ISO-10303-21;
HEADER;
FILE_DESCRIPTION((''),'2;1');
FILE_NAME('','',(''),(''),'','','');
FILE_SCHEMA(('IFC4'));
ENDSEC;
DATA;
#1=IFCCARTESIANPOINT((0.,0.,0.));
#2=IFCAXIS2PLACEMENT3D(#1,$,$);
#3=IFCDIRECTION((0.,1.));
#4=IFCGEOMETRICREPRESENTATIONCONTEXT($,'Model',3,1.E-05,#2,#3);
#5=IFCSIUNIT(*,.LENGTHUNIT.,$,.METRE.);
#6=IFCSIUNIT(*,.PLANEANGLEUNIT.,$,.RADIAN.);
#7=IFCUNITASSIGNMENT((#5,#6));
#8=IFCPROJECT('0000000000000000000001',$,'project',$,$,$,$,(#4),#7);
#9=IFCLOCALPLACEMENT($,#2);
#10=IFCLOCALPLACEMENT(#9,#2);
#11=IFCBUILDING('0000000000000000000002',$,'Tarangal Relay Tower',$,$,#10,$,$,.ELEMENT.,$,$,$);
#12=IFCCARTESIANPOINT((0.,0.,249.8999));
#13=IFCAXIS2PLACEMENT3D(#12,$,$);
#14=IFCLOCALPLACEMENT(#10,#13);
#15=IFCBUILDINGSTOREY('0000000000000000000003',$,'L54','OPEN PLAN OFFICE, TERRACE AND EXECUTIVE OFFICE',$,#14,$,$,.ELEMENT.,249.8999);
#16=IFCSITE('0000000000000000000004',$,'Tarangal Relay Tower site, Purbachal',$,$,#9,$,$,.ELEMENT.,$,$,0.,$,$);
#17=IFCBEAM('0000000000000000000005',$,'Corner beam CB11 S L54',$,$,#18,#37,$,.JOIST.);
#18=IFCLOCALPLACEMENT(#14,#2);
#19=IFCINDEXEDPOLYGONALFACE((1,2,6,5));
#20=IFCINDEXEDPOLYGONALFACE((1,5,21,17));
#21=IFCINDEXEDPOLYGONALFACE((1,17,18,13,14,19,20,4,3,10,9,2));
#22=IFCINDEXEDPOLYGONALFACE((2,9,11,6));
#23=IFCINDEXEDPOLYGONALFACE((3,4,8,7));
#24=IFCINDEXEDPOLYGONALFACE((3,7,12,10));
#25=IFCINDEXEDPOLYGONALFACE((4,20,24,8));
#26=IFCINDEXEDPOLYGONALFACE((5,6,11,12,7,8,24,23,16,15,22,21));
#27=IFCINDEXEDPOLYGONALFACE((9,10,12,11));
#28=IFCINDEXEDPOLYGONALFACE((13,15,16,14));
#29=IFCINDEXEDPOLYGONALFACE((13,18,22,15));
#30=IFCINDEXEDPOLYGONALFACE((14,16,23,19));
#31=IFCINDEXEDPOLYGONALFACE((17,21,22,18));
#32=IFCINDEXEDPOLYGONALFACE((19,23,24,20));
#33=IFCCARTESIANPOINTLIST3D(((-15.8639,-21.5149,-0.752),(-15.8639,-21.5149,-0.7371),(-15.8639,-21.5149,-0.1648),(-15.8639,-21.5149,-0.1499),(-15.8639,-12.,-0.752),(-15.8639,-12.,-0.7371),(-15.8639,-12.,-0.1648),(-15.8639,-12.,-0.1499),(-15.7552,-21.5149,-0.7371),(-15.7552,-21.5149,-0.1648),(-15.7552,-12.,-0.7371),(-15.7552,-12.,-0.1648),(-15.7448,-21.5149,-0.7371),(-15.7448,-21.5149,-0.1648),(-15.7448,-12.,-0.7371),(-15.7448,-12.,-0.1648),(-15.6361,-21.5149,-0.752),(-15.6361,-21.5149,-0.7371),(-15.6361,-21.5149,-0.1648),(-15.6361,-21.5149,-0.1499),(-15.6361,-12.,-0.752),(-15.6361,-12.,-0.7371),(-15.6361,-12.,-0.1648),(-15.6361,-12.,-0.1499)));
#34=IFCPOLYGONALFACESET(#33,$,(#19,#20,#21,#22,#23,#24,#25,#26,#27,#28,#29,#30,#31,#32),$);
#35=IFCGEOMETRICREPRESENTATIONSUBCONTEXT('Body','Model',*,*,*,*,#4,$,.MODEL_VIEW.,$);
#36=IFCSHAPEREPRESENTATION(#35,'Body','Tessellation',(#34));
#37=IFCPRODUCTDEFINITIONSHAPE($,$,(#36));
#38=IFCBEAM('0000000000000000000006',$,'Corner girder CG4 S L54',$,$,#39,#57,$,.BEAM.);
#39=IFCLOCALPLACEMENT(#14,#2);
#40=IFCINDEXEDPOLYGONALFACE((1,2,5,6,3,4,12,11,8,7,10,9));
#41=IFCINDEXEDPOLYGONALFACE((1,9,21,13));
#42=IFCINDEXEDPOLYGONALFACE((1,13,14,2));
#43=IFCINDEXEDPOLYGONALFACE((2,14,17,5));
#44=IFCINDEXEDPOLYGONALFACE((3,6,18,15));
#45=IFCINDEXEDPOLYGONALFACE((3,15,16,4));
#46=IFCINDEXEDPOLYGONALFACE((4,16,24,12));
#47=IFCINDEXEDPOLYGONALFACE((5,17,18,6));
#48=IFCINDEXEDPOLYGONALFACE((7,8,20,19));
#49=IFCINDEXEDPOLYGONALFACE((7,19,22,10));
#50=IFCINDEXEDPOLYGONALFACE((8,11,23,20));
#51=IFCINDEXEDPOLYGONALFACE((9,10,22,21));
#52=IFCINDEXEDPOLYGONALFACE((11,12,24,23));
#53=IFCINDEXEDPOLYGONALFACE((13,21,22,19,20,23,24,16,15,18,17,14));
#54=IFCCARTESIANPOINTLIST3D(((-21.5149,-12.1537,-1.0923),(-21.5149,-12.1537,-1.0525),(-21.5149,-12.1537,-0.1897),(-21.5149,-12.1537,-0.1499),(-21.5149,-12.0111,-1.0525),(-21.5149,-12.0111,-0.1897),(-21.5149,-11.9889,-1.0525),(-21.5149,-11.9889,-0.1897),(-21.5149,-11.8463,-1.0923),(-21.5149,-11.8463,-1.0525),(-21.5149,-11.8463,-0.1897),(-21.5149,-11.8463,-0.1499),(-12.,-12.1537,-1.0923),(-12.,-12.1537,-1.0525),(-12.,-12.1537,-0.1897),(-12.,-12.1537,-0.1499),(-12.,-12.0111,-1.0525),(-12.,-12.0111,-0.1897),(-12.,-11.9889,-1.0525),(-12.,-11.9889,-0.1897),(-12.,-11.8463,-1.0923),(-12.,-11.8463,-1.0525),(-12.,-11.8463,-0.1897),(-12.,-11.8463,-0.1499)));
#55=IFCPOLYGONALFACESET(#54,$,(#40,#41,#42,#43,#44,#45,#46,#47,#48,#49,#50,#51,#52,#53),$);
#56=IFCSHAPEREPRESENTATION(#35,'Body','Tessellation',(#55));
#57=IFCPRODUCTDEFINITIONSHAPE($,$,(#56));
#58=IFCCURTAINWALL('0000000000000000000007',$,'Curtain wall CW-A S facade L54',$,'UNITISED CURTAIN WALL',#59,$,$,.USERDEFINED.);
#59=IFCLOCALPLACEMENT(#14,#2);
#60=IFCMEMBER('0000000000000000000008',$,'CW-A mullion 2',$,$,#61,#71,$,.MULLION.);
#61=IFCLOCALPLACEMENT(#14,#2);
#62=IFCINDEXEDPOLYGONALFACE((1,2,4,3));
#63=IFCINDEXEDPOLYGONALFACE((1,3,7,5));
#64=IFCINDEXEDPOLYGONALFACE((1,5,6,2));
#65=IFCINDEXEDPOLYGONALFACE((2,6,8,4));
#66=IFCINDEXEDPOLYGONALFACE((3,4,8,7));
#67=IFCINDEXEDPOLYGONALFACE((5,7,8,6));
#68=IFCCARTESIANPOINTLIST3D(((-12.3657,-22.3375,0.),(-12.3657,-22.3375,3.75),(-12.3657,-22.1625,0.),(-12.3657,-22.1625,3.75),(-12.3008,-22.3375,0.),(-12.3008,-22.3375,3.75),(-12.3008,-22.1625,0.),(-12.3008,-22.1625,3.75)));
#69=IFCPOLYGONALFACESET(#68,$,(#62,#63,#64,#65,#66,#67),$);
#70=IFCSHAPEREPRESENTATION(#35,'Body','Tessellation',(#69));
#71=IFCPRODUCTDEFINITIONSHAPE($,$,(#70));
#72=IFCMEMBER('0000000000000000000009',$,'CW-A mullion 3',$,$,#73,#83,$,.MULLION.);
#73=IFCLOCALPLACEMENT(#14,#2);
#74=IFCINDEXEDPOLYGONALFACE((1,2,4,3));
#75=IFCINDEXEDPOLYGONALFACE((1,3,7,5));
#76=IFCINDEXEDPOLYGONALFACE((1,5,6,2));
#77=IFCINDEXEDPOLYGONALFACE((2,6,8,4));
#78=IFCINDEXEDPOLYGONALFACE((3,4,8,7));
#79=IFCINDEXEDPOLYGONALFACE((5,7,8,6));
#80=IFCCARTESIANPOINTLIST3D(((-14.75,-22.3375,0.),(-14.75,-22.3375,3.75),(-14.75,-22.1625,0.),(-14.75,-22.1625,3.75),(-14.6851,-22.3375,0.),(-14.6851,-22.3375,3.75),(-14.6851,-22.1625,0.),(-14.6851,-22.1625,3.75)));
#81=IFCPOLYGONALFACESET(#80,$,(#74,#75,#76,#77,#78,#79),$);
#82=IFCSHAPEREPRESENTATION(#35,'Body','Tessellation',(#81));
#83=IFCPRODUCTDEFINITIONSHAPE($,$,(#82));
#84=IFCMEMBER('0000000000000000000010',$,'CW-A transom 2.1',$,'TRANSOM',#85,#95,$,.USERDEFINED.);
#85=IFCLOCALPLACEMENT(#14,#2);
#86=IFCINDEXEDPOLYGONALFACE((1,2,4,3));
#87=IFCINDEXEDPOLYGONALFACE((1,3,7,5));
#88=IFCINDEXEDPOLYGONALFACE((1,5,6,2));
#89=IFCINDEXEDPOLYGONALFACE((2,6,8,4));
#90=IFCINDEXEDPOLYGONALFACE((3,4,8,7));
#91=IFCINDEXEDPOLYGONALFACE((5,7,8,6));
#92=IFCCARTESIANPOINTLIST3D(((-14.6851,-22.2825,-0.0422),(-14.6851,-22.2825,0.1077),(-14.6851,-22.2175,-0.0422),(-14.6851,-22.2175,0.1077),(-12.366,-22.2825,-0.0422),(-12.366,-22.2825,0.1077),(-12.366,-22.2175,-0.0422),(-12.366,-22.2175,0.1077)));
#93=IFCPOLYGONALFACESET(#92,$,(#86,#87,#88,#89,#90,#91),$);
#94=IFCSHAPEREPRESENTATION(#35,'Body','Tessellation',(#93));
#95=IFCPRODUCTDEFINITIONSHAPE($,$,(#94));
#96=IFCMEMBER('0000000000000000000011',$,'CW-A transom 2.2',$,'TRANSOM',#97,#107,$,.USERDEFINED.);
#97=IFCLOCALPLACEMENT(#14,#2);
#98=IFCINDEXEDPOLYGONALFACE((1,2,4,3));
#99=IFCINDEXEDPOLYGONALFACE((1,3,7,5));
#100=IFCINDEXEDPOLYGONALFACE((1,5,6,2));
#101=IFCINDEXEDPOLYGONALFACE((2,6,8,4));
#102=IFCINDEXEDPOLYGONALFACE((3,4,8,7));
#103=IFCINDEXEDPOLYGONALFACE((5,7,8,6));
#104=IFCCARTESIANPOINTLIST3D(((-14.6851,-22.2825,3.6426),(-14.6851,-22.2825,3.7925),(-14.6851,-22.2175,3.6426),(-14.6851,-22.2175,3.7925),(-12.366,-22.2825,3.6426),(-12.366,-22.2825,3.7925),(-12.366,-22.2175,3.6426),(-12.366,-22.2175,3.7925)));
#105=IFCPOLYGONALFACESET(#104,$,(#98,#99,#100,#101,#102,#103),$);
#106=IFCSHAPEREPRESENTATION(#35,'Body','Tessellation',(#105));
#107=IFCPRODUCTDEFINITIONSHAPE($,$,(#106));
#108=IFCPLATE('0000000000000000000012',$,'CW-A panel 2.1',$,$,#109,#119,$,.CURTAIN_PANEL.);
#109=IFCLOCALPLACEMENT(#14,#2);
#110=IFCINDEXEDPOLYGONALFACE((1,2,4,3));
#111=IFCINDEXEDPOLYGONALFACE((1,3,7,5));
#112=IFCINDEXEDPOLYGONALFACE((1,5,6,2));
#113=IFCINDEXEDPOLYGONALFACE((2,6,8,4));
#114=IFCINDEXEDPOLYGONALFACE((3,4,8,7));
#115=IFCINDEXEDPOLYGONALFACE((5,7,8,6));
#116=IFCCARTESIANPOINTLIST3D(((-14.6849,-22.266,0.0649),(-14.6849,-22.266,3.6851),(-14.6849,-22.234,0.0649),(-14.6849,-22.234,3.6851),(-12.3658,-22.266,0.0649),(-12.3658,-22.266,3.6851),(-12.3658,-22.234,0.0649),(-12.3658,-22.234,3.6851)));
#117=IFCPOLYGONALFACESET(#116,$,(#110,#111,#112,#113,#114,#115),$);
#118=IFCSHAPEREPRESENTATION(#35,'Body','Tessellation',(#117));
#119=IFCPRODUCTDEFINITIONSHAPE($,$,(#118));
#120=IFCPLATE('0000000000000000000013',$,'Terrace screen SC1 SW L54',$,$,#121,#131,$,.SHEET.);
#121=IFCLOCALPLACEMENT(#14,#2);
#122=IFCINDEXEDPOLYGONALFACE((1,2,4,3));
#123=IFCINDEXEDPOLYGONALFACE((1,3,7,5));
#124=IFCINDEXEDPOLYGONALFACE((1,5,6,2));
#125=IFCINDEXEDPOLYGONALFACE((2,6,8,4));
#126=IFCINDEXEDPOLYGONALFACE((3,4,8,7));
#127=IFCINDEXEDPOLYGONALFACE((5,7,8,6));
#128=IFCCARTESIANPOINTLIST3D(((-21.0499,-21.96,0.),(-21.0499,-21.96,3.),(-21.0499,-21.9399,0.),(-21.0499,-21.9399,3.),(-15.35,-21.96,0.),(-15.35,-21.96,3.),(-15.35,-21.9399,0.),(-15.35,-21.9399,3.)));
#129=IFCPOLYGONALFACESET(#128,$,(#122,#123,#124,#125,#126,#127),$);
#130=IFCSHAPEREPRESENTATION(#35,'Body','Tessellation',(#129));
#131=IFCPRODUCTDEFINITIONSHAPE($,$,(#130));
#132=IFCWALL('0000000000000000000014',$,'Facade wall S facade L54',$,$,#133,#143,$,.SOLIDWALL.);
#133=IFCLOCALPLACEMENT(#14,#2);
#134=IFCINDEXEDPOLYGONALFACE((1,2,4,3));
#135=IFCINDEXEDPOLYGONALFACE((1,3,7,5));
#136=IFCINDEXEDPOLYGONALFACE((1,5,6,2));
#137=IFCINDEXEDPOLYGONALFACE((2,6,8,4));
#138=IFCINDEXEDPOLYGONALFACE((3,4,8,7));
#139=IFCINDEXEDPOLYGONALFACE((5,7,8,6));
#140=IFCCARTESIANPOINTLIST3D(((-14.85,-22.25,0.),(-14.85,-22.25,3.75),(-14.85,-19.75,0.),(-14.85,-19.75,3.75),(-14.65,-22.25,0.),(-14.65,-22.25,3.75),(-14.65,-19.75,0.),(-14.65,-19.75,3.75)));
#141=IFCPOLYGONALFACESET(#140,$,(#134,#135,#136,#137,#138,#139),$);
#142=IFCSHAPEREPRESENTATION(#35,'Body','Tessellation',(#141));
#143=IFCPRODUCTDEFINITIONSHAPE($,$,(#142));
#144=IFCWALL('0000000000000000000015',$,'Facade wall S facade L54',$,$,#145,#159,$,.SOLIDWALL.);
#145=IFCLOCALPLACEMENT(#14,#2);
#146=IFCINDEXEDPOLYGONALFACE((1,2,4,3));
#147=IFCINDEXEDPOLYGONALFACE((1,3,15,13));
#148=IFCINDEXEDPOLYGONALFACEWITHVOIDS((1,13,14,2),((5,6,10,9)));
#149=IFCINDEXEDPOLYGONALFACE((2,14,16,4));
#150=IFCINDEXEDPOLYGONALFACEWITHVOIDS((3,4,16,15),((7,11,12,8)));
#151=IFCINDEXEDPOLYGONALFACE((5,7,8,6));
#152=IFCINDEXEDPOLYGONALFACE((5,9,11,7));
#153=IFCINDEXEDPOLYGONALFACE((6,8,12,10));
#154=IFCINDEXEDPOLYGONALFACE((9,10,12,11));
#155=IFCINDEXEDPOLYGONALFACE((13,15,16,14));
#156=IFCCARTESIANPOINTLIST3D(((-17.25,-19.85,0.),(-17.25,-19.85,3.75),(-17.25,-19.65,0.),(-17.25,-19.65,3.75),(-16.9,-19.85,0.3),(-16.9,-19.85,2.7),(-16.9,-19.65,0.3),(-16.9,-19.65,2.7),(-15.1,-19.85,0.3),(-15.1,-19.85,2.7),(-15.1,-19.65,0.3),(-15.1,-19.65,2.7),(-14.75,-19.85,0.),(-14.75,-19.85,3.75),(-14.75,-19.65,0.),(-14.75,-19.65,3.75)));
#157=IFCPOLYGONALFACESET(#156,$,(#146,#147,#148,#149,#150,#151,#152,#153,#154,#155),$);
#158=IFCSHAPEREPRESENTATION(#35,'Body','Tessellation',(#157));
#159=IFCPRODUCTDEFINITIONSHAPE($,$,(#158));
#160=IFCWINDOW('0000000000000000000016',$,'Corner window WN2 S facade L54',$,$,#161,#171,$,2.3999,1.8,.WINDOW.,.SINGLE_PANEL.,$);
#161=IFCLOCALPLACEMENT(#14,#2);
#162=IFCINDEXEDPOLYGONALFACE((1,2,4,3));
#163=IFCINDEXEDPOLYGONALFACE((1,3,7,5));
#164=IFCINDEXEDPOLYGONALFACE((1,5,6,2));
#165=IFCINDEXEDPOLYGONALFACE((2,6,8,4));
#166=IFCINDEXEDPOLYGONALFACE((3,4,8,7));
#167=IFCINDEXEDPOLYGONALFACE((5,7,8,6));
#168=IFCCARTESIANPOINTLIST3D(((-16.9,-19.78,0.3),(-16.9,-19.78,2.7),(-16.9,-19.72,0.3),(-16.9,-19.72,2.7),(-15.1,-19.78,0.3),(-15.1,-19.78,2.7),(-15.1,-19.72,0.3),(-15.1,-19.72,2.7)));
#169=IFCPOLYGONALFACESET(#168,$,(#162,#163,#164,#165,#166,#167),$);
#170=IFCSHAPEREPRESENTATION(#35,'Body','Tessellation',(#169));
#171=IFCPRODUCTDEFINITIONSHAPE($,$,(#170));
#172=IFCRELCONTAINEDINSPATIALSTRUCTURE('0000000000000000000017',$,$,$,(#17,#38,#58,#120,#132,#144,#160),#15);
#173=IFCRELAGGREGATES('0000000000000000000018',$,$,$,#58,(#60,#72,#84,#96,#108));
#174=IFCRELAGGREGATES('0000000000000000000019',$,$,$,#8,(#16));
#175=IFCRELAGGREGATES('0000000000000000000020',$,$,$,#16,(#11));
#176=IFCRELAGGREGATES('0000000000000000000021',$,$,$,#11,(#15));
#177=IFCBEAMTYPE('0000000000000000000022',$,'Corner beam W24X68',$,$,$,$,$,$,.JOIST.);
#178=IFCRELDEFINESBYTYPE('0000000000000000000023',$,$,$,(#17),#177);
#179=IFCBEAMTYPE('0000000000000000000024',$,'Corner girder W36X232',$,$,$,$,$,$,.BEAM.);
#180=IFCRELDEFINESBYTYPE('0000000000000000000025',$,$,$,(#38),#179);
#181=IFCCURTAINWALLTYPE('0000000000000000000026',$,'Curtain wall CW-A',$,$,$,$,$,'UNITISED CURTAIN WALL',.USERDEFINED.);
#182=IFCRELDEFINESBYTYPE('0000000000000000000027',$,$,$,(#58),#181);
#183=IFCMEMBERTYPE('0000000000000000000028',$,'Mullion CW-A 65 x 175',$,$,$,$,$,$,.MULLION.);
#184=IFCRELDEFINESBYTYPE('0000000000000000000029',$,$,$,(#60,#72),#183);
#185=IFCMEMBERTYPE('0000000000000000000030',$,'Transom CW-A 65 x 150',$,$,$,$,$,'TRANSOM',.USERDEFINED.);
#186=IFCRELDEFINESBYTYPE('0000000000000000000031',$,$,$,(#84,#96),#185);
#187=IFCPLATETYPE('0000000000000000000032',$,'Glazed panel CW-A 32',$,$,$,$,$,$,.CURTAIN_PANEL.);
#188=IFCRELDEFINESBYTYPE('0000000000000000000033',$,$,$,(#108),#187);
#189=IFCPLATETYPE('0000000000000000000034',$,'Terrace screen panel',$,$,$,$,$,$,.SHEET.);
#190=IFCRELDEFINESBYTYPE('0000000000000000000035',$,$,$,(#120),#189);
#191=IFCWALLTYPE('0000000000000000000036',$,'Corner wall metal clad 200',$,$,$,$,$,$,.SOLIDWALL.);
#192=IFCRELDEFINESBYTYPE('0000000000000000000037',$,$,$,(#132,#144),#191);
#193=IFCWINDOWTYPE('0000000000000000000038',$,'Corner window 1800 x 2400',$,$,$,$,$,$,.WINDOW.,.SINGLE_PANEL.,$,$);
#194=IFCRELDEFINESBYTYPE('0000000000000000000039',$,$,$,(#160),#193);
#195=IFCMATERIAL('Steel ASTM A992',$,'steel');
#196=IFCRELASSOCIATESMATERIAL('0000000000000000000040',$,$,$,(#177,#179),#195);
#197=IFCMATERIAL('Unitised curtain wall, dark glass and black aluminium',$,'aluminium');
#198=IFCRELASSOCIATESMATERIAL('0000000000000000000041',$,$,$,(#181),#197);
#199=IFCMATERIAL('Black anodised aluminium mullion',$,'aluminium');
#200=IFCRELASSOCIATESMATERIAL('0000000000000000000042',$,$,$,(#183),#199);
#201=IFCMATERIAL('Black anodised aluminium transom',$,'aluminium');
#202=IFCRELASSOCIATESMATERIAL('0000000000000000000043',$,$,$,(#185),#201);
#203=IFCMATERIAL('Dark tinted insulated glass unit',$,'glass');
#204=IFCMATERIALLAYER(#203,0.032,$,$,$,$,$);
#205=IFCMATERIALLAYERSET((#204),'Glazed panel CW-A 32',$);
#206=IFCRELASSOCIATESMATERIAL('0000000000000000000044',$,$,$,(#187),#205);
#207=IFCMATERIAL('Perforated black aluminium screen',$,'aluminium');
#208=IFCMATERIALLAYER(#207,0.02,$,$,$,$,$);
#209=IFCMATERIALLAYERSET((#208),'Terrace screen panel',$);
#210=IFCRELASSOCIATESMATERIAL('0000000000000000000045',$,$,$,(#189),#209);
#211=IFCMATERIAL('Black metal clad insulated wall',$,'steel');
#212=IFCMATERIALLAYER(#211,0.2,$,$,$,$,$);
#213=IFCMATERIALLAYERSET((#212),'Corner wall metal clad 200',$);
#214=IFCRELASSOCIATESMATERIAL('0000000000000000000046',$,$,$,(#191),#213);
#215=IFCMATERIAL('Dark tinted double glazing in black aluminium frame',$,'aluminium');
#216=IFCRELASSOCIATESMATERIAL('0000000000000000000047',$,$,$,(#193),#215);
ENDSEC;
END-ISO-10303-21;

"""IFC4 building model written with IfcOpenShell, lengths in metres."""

from ifc_helpers import new_model, si_unit, direction, frame, frame_2d, origin, origin_2d, place, context, subcontext, project, spatial, rectangle, i_section, extrude, material, layer, layer_set, material_profile, profile_set, type_object, element, fill, aggregate, save


model = new_model("IFC4")

# Units and contexts
model_context = context("Model", 3, precision=1e-05, world=origin(), true_north=direction((0.0, 1.0)))
body_context = subcontext(model_context, "Body", "Model", "MODEL_VIEW")
ifc_project = project(units=[si_unit("LENGTHUNIT", "METRE"), si_unit("PLANEANGLEUNIT", "RADIAN")], contexts=[model_context])

# Site, building, storey
site_placement = place(None, origin())
site = spatial("IfcSite", under=ifc_project, at=site_placement, Name="Tarangal Relay Tower site, Purbachal", CompositionType="ELEMENT", RefElevation=0.0)
building_placement = place(site_placement, origin())
building = spatial("IfcBuilding", under=site, at=building_placement, Name="Tarangal Relay Tower", CompositionType="ELEMENT")
storey_placement = place(building_placement, frame((0.0, 0.0, 249.8999)))
storey = spatial("IfcBuildingStorey", under=building, at=storey_placement, Name="L54", Description="OPEN PLAN OFFICE, TERRACE AND EXECUTIVE OFFICE", CompositionType="ELEMENT", Elevation=249.8999)

# Beams
ifc_material_1 = material(Name="Steel ASTM A992", Category="steel")
ifc_material_profile_1 = material_profile(ifc_material_1, i_section(OverallWidth=0.2278, OverallDepth=0.6021, WebThickness=0.0105, FlangeThickness=0.0149, at=origin_2d()), Name="W24X68")
ifc_profile_set_1 = profile_set([ifc_material_profile_1], Name="Steel ASTM A992")
beam_type_1 = type_object("IfcBeamType", Name="Corner beam W24X68", PredefinedType="JOIST", material=ifc_profile_set_1)
beam_1_placement = place(storey_placement, frame((-15.75, -12.0, -0.4509), z_axis=(0.0, -1.0, 0.0), x_axis=(1.0, 0.0, 0.0)))
element("IfcBeam", 1, at=beam_1_placement, inside=storey, type_object=beam_type_1, Name="Corner beam CB11 S L54", PredefinedType="JOIST", context=body_context, shape_type="SweptSolid", body=[
    extrude(i_section(OverallWidth=0.2278, OverallDepth=0.6021, WebThickness=0.0105, FlangeThickness=0.0149, at=origin_2d()), origin(), (0.0, 0.0, 1.0), 9.5149),
])
ifc_material_profile_2 = material_profile(ifc_material_1, i_section(OverallWidth=0.3074, OverallDepth=0.9424, WebThickness=0.0222, FlangeThickness=0.0398, at=origin_2d()), Name="W36X232")
ifc_profile_set_2 = profile_set([ifc_material_profile_2], Name="Steel ASTM A992")
beam_type_2 = type_object("IfcBeamType", Name="Corner girder W36X232", PredefinedType="BEAM", material=ifc_profile_set_2)
beam_2_placement = place(storey_placement, frame((-12.0, -12.0, -0.6211), z_axis=(-1.0, 0.0, 0.0), x_axis=(0.0, -1.0, 0.0)))
element("IfcBeam", 2, at=beam_2_placement, inside=storey, type_object=beam_type_2, Name="Corner girder CG4 S L54", PredefinedType="BEAM", context=body_context, shape_type="SweptSolid", body=[
    extrude(i_section(OverallWidth=0.3074, OverallDepth=0.9424, WebThickness=0.0222, FlangeThickness=0.0398, at=origin_2d()), origin(), (0.0, 0.0, 1.0), 9.5149),
])

# Curtain wall, members, plate
ifc_material_2 = material(Name="Unitised curtain wall, dark glass and black aluminium", Category="aluminium")
curtain_wall_type = type_object("IfcCurtainWallType", Name="Curtain wall CW-A", ElementType="UNITISED CURTAIN WALL", PredefinedType="USERDEFINED", material=ifc_material_2)
curtain_wall_placement = place(storey_placement, origin())
curtain_wall = element("IfcCurtainWall", 3, at=curtain_wall_placement, inside=storey, type_object=curtain_wall_type, Name="Curtain wall CW-A S facade L54", ObjectType="UNITISED CURTAIN WALL", PredefinedType="USERDEFINED")
ifc_material_3 = material(Name="Black anodised aluminium mullion", Category="aluminium")
ifc_material_profile_3 = material_profile(ifc_material_3, rectangle(XDim=0.175, YDim=0.0649, at=origin_2d()), Name="CW-AM 65X175")
ifc_profile_set_3 = profile_set([ifc_material_profile_3], Name="Black anodised aluminium mullion")
member_type_1 = type_object("IfcMemberType", Name="Mullion CW-A 65 x 175", PredefinedType="MULLION", material=ifc_profile_set_3)
member_1_placement = place(storey_placement, frame((-12.3333, -22.25, 0.0), z_axis=(0.0, 0.0, 1.0), x_axis=(0.0, -1.0, 0.0)))
member_1 = element("IfcMember", 4, at=member_1_placement, type_object=member_type_1, Name="CW-A mullion 2", PredefinedType="MULLION", context=body_context, shape_type="SweptSolid", body=[
    extrude(rectangle(XDim=0.175, YDim=0.0649, at=origin_2d()), origin(), (0.0, 0.0, 1.0), 3.75),
])
member_2_placement = place(storey_placement, frame((-14.7175, -22.25, 0.0), z_axis=(0.0, 0.0, 1.0), x_axis=(0.0, -1.0, 0.0)))
member_2 = element("IfcMember", 5, at=member_2_placement, type_object=member_type_1, Name="CW-A mullion 3", PredefinedType="MULLION", context=body_context, shape_type="SweptSolid", body=[
    extrude(rectangle(XDim=0.175, YDim=0.0649, at=origin_2d()), origin(), (0.0, 0.0, 1.0), 3.75),
])
ifc_material_4 = material(Name="Black anodised aluminium transom", Category="aluminium")
ifc_material_profile_4 = material_profile(ifc_material_4, rectangle(XDim=0.0649, YDim=0.1499, at=origin_2d()), Name="CW-AT 65X150")
ifc_profile_set_4 = profile_set([ifc_material_profile_4], Name="Black anodised aluminium transom")
member_type_2 = type_object("IfcMemberType", Name="Transom CW-A 65 x 150", ElementType="TRANSOM", PredefinedType="USERDEFINED", material=ifc_profile_set_4)
member_3_placement = place(storey_placement, frame((-12.366, -22.25, 0.0327), z_axis=(-1.0, 0.0, 0.0), x_axis=(0.0, -1.0, 0.0)))
member_3 = element("IfcMember", 6, at=member_3_placement, type_object=member_type_2, Name="CW-A transom 2.1", ObjectType="TRANSOM", PredefinedType="USERDEFINED", context=body_context, shape_type="SweptSolid", body=[
    extrude(rectangle(XDim=0.0649, YDim=0.1499, at=origin_2d()), origin(), (0.0, 0.0, 1.0), 2.3191),
])
member_4_placement = place(storey_placement, frame((-12.366, -22.25, 3.7175), z_axis=(-1.0, 0.0, 0.0), x_axis=(0.0, -1.0, 0.0)))
member_4 = element("IfcMember", 7, at=member_4_placement, type_object=member_type_2, Name="CW-A transom 2.2", ObjectType="TRANSOM", PredefinedType="USERDEFINED", context=body_context, shape_type="SweptSolid", body=[
    extrude(rectangle(XDim=0.0649, YDim=0.1499, at=origin_2d()), origin(), (0.0, 0.0, 1.0), 2.3191),
])
ifc_material_5 = material(Name="Dark tinted insulated glass unit", Category="glass")
ifc_layer_1 = layer(ifc_material_5, 0.032)
ifc_layer_set_1 = layer_set([ifc_layer_1], Name="Glazed panel CW-A 32")
plate_type_1 = type_object("IfcPlateType", Name="Glazed panel CW-A 32", PredefinedType="CURTAIN_PANEL", material=ifc_layer_set_1)
plate_1_placement = place(storey_placement, frame((-13.5254, -22.25, 0.0649), z_axis=(0.0, 0.0, 1.0), x_axis=(-1.0, 0.0, 0.0)))
plate_1 = element("IfcPlate", 8, at=plate_1_placement, type_object=plate_type_1, Name="CW-A panel 2.1", PredefinedType="CURTAIN_PANEL", context=body_context, shape_type="SweptSolid", body=[
    extrude(rectangle(XDim=2.3191, YDim=0.032, at=origin_2d()), origin(), (0.0, 0.0, 1.0), 3.6201),
])
aggregate(curtain_wall, [member_1, member_2, member_3, member_4, plate_1])

# Plate
ifc_material_6 = material(Name="Perforated black aluminium screen", Category="aluminium")
ifc_layer_2 = layer(ifc_material_6, 0.02)
ifc_layer_set_2 = layer_set([ifc_layer_2], Name="Terrace screen panel")
plate_type_2 = type_object("IfcPlateType", Name="Terrace screen panel", PredefinedType="SHEET", material=ifc_layer_set_2)
plate_2_placement = place(storey_placement, frame((-18.2, -21.95, 0.0), z_axis=(0.0, 0.0, 1.0), x_axis=(-1.0, 0.0, 0.0)))
element("IfcPlate", 9, at=plate_2_placement, inside=storey, type_object=plate_type_2, Name="Terrace screen SC1 SW L54", PredefinedType="SHEET", context=body_context, shape_type="SweptSolid", body=[
    extrude(rectangle(XDim=5.7, YDim=0.02, at=origin_2d()), origin(), (0.0, 0.0, 1.0), 3.0),
])

# Wall
ifc_material_7 = material(Name="Black metal clad insulated wall", Category="steel")
ifc_layer_3 = layer(ifc_material_7, 0.2)
ifc_layer_set_3 = layer_set([ifc_layer_3], Name="Corner wall metal clad 200")
wall_type_1 = type_object("IfcWallType", Name="Corner wall metal clad 200", PredefinedType="SOLIDWALL", material=ifc_layer_set_3)
wall_1_placement = place(storey_placement, frame((-14.75, -22.25, 0.0), z_axis=(0.0, 0.0, 1.0), x_axis=(0.0, 1.0, 0.0)))
element("IfcWall", 10, at=wall_1_placement, inside=storey, type_object=wall_type_1, Name="Facade wall S facade L54", PredefinedType="SOLIDWALL", context=body_context, shape_type="SweptSolid", body=[
    extrude(rectangle(XDim=2.5, YDim=0.2, at=frame_2d((1.25, 0.0))), origin(), (0.0, 0.0, 1.0), 3.75),
])

# Wall, opening, window
wall_2_placement = place(storey_placement, frame((-14.75, -19.75, 0.0), z_axis=(0.0, 0.0, 1.0), x_axis=(-1.0, 0.0, 0.0)))
wall_2 = element("IfcWall", 11, at=wall_2_placement, inside=storey, type_object=wall_type_1, Name="Facade wall S facade L54", PredefinedType="SOLIDWALL", context=body_context, shape_type="SweptSolid", body=[
    extrude(rectangle(XDim=2.5, YDim=0.2, at=frame_2d((1.25, 0.0))), origin(), (0.0, 0.0, 1.0), 3.75),
])
opening_1_placement = place(wall_2_placement, frame((0.3501, 0.0, 0.3)))
opening_1 = element("IfcOpeningElement", 12, at=opening_1_placement, cuts=wall_2, PredefinedType="OPENING", context=body_context, shape_type="SweptSolid", body=[
    extrude(rectangle(XDim=1.8, YDim=2.3999, at=frame_2d((0.8999, 1.2))), frame((0.0, 0.1099, 0.0), z_axis=(0.0, -1.0, 0.0), x_axis=(1.0, 0.0, 0.0)), (0.0, 0.0, 1.0), 0.22),
])
ifc_material_8 = material(Name="Dark tinted double glazing in black aluminium frame", Category="aluminium")
window_type = type_object("IfcWindowType", Name="Corner window 1800 x 2400", PartitioningType="SINGLE_PANEL", PredefinedType="WINDOW", material=ifc_material_8)
window_1_placement = place(opening_1_placement, origin())
window_1 = element("IfcWindow", 13, at=window_1_placement, inside=storey, type_object=window_type, Name="Corner window WN2 S facade L54", OverallHeight=2.3999, OverallWidth=1.8, PartitioningType="SINGLE_PANEL", PredefinedType="WINDOW", context=body_context, shape_type="SweptSolid", body=[
    extrude(rectangle(XDim=1.8, YDim=2.3999, at=frame_2d((0.8999, 1.2))), frame((0.0, 0.03, 0.0), z_axis=(0.0, -1.0, 0.0), x_axis=(1.0, 0.0, 0.0)), (0.0, 0.0, 1.0), 0.0601),
])
fill(opening_1, window_1)

save(model, "model.ifc")
